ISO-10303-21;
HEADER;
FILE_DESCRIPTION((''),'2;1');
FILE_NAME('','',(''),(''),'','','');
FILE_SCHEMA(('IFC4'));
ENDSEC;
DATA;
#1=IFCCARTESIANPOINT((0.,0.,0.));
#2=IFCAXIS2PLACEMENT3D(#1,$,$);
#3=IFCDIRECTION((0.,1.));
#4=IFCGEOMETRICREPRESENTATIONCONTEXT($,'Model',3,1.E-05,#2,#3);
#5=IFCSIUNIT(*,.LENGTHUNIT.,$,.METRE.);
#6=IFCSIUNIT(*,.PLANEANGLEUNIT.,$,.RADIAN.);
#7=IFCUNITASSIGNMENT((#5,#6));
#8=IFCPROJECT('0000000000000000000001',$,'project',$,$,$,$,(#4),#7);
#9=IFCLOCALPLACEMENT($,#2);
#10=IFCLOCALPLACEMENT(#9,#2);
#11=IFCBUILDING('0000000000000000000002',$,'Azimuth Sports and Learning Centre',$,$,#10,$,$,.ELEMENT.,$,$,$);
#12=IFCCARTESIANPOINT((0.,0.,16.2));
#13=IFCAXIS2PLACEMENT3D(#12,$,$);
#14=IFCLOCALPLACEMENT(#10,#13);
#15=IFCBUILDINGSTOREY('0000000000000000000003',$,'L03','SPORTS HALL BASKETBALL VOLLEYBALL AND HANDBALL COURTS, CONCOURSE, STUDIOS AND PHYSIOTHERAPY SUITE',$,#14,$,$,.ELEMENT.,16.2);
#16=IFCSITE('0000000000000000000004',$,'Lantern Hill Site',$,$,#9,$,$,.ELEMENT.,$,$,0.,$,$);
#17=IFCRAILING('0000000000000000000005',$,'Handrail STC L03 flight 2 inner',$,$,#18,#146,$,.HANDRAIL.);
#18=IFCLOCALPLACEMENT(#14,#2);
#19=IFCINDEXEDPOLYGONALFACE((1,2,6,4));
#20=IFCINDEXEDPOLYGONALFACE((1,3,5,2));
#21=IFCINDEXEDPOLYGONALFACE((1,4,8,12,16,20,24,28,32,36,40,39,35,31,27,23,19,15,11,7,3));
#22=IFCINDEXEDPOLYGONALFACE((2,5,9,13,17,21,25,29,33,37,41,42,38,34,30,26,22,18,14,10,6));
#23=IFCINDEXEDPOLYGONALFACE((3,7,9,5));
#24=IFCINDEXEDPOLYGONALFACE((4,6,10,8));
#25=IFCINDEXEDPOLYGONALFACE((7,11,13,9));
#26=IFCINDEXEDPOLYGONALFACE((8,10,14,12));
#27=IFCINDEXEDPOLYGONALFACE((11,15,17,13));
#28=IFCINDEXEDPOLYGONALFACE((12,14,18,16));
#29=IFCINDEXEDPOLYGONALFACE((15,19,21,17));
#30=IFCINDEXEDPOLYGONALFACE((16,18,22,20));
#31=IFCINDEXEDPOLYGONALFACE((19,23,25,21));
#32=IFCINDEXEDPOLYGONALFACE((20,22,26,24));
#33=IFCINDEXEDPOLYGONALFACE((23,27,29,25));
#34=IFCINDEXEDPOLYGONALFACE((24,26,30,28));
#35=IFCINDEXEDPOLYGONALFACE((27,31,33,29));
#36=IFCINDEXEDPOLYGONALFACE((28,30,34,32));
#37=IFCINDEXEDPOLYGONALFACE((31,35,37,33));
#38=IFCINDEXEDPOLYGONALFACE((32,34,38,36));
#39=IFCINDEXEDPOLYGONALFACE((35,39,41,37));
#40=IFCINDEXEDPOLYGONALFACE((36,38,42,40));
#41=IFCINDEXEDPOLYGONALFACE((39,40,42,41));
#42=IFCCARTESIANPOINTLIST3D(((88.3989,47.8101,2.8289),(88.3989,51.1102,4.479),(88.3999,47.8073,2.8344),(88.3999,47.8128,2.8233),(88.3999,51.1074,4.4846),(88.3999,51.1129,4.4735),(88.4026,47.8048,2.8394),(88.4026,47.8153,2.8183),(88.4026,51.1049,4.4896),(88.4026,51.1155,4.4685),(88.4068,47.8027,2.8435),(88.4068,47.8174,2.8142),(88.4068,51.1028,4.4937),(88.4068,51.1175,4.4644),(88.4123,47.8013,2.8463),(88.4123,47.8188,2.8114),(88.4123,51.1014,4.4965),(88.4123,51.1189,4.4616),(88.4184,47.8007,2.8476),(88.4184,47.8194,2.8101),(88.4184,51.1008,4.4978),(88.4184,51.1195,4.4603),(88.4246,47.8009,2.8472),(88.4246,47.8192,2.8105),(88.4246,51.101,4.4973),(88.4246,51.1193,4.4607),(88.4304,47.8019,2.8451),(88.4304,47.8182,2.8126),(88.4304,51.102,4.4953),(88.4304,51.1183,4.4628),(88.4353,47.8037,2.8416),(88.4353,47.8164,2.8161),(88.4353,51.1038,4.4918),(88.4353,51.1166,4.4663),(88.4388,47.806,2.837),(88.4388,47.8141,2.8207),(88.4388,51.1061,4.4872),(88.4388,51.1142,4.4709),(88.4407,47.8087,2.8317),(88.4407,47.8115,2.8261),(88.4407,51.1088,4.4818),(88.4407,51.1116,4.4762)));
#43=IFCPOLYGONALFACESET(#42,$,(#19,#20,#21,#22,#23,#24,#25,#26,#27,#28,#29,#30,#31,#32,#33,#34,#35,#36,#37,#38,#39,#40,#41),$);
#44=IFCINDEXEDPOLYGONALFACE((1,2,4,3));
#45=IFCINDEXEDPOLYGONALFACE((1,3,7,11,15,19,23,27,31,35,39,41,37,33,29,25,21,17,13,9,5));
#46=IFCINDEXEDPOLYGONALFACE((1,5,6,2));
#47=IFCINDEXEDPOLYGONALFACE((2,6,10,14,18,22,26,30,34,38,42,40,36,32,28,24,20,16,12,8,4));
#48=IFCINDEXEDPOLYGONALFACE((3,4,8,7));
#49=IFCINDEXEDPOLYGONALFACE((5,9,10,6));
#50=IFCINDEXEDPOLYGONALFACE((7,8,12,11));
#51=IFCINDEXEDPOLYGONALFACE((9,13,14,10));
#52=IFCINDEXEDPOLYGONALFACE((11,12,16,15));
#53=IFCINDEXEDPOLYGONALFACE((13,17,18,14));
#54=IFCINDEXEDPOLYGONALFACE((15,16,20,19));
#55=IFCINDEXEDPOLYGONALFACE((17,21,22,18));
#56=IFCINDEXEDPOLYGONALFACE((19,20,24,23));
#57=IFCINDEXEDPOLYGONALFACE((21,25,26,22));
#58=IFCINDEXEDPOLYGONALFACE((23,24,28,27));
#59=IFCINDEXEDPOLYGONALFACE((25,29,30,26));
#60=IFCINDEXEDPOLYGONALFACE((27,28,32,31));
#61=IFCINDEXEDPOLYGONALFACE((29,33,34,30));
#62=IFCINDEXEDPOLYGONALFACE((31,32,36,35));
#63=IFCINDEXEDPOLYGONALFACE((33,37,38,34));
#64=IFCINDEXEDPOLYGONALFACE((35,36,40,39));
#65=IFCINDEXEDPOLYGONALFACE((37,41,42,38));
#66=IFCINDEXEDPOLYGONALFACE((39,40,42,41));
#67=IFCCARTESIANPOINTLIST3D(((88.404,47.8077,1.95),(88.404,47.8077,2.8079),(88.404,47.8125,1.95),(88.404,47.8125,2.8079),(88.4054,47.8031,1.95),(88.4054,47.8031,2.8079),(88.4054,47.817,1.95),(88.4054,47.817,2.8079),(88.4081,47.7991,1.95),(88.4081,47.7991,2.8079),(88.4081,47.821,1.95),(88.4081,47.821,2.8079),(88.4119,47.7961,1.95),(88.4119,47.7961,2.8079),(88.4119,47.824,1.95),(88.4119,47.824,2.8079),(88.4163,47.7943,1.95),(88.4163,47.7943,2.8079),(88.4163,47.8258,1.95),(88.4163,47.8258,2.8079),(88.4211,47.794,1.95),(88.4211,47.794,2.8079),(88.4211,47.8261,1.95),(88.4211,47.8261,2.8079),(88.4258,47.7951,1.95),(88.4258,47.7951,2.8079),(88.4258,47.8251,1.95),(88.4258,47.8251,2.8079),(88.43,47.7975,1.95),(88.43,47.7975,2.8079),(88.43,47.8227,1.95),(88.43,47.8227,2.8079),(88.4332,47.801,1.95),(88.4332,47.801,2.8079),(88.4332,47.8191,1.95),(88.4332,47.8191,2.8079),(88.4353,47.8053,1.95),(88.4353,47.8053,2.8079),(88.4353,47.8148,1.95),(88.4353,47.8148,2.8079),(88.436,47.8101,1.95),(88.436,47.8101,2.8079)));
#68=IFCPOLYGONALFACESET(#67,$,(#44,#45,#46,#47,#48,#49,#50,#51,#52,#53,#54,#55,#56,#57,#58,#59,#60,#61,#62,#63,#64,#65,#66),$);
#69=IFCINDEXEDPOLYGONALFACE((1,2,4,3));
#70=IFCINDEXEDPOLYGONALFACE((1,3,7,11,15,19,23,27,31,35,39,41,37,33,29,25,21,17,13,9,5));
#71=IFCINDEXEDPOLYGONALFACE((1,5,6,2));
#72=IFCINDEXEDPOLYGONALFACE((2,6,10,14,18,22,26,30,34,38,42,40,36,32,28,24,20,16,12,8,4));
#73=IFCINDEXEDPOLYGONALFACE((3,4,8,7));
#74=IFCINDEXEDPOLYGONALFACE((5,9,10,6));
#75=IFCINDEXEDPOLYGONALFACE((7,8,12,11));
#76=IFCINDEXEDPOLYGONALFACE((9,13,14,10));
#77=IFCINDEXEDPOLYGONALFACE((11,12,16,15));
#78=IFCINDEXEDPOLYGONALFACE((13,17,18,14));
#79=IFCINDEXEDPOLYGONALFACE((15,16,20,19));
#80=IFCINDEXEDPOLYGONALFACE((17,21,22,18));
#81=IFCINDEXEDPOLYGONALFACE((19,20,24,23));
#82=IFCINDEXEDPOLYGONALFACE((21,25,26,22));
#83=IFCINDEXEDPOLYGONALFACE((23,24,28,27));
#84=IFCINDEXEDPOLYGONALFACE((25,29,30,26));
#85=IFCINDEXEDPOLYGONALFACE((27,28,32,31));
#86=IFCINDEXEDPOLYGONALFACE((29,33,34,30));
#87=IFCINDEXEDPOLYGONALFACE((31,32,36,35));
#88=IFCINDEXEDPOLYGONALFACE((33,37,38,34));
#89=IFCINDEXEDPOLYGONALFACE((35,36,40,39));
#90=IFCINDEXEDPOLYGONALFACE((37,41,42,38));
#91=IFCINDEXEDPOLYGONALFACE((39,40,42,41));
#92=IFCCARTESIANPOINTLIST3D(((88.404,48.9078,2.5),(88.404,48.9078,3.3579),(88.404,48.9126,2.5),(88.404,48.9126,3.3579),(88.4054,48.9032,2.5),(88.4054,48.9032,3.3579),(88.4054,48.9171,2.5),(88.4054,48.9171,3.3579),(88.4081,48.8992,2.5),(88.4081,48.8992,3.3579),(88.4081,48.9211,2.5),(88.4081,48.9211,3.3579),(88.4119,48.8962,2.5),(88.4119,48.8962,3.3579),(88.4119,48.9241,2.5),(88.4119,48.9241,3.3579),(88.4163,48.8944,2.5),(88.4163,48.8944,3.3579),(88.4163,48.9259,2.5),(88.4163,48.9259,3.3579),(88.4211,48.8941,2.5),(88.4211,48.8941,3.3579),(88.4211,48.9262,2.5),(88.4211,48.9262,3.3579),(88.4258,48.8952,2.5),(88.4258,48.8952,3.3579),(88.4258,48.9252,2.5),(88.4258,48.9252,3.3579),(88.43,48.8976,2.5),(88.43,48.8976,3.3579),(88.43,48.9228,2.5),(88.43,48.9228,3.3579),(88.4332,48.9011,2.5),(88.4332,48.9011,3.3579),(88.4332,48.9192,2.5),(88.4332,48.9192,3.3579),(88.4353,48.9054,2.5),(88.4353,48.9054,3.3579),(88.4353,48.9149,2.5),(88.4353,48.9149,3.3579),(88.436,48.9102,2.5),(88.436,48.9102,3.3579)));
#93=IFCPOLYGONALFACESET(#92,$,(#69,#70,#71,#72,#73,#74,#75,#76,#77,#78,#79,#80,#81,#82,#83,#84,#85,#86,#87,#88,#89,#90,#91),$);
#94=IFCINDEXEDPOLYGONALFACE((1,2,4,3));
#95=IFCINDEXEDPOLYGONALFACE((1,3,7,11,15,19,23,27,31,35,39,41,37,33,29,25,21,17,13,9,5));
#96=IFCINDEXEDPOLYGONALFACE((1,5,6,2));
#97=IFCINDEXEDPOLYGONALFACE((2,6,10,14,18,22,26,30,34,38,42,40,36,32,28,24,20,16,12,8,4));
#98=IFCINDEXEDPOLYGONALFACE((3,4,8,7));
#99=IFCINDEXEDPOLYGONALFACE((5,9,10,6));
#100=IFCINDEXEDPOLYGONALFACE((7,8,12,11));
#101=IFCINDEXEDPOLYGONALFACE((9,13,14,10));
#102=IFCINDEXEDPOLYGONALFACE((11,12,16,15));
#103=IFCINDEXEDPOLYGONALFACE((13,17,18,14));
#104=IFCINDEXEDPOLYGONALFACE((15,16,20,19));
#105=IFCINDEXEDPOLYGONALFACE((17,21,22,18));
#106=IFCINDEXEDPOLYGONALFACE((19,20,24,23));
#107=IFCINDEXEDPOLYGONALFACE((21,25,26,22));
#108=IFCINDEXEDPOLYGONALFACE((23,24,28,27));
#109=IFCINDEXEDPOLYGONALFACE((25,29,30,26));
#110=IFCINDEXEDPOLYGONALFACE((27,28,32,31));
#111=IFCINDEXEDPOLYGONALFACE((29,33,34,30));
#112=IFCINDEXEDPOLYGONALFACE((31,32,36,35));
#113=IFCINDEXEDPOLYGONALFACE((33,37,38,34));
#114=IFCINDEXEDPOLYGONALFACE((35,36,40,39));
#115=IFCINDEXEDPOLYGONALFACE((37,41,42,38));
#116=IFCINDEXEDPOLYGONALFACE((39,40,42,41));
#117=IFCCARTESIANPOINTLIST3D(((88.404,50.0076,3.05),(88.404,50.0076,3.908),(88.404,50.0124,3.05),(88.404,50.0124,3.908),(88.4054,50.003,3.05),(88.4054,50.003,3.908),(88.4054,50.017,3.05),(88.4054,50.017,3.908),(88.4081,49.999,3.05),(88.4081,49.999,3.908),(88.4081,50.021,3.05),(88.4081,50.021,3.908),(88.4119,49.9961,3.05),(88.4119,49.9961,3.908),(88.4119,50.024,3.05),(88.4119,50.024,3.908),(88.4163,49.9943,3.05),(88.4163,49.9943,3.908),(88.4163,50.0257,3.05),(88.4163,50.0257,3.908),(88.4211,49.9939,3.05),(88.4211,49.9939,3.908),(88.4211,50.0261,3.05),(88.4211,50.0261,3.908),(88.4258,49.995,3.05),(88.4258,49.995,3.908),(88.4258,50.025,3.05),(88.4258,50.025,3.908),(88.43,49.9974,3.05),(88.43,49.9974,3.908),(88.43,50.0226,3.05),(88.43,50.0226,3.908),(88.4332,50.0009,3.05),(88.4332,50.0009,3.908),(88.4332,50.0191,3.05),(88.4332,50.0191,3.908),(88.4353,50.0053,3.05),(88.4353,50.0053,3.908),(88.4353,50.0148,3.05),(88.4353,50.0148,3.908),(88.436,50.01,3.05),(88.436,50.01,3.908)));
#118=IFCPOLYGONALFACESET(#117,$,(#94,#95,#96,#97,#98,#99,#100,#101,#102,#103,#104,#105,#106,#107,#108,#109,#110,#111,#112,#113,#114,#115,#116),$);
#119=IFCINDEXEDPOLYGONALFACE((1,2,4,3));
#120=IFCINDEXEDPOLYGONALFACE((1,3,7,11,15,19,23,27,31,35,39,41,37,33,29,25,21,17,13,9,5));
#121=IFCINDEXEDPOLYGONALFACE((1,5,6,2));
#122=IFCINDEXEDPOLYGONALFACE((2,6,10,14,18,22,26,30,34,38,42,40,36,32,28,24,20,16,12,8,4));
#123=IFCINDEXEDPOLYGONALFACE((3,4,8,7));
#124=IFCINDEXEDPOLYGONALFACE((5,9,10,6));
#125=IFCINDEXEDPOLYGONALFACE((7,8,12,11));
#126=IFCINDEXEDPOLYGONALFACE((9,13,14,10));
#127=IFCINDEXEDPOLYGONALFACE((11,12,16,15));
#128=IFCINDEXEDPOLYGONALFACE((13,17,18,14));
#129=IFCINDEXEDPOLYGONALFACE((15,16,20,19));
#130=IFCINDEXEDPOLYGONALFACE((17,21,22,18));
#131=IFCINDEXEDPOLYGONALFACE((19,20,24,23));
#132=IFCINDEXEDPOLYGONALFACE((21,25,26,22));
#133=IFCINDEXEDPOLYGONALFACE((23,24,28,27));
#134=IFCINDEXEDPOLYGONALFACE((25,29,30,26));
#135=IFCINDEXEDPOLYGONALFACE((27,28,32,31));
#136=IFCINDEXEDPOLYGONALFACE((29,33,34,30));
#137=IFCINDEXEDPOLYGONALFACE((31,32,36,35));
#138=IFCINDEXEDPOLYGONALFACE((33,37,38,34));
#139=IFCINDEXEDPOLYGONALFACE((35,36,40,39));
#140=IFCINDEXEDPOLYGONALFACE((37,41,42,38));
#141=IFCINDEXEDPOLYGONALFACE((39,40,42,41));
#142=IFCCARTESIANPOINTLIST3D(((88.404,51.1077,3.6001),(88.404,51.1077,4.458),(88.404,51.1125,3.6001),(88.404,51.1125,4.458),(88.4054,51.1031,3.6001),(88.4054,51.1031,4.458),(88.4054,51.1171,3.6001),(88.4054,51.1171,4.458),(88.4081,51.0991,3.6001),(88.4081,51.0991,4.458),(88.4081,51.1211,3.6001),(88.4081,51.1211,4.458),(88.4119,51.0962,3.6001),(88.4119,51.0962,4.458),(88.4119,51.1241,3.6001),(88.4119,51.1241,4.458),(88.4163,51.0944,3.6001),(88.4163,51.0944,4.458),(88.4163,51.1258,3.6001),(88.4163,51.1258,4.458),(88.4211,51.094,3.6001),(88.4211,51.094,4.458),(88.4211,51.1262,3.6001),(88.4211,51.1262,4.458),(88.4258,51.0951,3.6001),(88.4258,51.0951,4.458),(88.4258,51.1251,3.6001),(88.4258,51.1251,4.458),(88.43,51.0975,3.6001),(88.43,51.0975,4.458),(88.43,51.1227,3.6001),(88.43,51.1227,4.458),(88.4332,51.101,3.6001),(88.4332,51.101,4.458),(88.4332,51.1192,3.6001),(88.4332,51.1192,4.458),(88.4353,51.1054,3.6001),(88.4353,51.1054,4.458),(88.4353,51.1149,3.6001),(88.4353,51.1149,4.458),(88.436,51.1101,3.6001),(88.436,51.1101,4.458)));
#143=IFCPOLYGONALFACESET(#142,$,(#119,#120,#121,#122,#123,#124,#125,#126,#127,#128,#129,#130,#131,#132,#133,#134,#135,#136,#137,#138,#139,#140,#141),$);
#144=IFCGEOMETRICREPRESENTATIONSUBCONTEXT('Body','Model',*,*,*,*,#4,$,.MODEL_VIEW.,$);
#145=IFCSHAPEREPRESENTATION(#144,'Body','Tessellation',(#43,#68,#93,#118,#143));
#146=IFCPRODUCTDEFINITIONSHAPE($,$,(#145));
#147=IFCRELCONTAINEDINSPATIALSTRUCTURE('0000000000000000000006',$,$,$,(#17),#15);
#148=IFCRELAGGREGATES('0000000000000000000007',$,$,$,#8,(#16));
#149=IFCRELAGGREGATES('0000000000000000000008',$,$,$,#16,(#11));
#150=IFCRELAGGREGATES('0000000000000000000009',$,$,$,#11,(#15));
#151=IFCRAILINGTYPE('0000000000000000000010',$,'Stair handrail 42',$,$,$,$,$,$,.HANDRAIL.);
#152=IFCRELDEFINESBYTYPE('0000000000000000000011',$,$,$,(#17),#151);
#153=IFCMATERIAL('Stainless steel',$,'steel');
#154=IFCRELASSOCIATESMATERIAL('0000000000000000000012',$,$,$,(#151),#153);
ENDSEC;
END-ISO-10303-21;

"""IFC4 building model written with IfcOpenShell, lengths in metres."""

from ifc_helpers import new_model, si_unit, direction, frame, origin, origin_2d, place, context, subcontext, project, spatial, circle, extrude, material, type_object, element, save


model = new_model("IFC4")

# Units and contexts
model_context = context("Model", 3, precision=1e-05, world=origin(), true_north=direction((0.0, 1.0)))
body_context = subcontext(model_context, "Body", "Model", "MODEL_VIEW")
ifc_project = project(units=[si_unit("LENGTHUNIT", "METRE"), si_unit("PLANEANGLEUNIT", "RADIAN")], contexts=[model_context])

# Site, building, storey
site_placement = place(None, origin())
site = spatial("IfcSite", under=ifc_project, at=site_placement, Name="Lantern Hill Site", CompositionType="ELEMENT", RefElevation=0.0)
building_placement = place(site_placement, origin())
building = spatial("IfcBuilding", under=site, at=building_placement, Name="Azimuth Sports and Learning Centre", CompositionType="ELEMENT")
storey_placement = place(building_placement, frame((0.0, 0.0, 16.2)))
storey = spatial("IfcBuildingStorey", under=building, at=storey_placement, Name="L03", Description="SPORTS HALL BASKETBALL VOLLEYBALL AND HANDBALL COURTS, CONCOURSE, STUDIOS AND PHYSIOTHERAPY SUITE", CompositionType="ELEMENT", Elevation=16.2)

# Railing
ifc_material_1 = material(Name="Stainless steel", Category="steel")
railing_type_1 = type_object("IfcRailingType", Name="Stair handrail 42", PredefinedType="HANDRAIL", material=ifc_material_1)
for number, where, name in (
    (1, (88.4199, 47.8101, 1.95), "Handrail STC L03 flight 2 inner"),
):
    element("IfcRailing", number, at=place(storey_placement, frame(where)), inside=storey, type_object=railing_type_1, Name=name, PredefinedType="HANDRAIL", context=body_context, shape_type="SweptSolid", body=[
        extrude(circle(Radius=0.021, at=origin_2d()), frame((0.0, 0.0, 0.8789), z_axis=(0.0, 0.894414, 0.44724), x_axis=(-1.0, 0.0, 0.0)), (0.0, 0.0, 1.0), 3.6897),
        extrude(circle(Radius=0.0161, at=origin_2d()), origin(), (0.0, 0.0, 1.0), 0.8579),
        extrude(circle(Radius=0.0161, at=origin_2d()), frame((0.0, 1.1001, 0.55)), (0.0, 0.0, 1.0), 0.8579),
        extrude(circle(Radius=0.0161, at=origin_2d()), frame((0.0, 2.2, 1.1001)), (0.0, 0.0, 1.0), 0.8579),
        extrude(circle(Radius=0.0161, at=origin_2d()), frame((0.0, 3.3, 1.6501)), (0.0, 0.0, 1.0), 0.8579),
    ])

save(model, "model.ifc")
